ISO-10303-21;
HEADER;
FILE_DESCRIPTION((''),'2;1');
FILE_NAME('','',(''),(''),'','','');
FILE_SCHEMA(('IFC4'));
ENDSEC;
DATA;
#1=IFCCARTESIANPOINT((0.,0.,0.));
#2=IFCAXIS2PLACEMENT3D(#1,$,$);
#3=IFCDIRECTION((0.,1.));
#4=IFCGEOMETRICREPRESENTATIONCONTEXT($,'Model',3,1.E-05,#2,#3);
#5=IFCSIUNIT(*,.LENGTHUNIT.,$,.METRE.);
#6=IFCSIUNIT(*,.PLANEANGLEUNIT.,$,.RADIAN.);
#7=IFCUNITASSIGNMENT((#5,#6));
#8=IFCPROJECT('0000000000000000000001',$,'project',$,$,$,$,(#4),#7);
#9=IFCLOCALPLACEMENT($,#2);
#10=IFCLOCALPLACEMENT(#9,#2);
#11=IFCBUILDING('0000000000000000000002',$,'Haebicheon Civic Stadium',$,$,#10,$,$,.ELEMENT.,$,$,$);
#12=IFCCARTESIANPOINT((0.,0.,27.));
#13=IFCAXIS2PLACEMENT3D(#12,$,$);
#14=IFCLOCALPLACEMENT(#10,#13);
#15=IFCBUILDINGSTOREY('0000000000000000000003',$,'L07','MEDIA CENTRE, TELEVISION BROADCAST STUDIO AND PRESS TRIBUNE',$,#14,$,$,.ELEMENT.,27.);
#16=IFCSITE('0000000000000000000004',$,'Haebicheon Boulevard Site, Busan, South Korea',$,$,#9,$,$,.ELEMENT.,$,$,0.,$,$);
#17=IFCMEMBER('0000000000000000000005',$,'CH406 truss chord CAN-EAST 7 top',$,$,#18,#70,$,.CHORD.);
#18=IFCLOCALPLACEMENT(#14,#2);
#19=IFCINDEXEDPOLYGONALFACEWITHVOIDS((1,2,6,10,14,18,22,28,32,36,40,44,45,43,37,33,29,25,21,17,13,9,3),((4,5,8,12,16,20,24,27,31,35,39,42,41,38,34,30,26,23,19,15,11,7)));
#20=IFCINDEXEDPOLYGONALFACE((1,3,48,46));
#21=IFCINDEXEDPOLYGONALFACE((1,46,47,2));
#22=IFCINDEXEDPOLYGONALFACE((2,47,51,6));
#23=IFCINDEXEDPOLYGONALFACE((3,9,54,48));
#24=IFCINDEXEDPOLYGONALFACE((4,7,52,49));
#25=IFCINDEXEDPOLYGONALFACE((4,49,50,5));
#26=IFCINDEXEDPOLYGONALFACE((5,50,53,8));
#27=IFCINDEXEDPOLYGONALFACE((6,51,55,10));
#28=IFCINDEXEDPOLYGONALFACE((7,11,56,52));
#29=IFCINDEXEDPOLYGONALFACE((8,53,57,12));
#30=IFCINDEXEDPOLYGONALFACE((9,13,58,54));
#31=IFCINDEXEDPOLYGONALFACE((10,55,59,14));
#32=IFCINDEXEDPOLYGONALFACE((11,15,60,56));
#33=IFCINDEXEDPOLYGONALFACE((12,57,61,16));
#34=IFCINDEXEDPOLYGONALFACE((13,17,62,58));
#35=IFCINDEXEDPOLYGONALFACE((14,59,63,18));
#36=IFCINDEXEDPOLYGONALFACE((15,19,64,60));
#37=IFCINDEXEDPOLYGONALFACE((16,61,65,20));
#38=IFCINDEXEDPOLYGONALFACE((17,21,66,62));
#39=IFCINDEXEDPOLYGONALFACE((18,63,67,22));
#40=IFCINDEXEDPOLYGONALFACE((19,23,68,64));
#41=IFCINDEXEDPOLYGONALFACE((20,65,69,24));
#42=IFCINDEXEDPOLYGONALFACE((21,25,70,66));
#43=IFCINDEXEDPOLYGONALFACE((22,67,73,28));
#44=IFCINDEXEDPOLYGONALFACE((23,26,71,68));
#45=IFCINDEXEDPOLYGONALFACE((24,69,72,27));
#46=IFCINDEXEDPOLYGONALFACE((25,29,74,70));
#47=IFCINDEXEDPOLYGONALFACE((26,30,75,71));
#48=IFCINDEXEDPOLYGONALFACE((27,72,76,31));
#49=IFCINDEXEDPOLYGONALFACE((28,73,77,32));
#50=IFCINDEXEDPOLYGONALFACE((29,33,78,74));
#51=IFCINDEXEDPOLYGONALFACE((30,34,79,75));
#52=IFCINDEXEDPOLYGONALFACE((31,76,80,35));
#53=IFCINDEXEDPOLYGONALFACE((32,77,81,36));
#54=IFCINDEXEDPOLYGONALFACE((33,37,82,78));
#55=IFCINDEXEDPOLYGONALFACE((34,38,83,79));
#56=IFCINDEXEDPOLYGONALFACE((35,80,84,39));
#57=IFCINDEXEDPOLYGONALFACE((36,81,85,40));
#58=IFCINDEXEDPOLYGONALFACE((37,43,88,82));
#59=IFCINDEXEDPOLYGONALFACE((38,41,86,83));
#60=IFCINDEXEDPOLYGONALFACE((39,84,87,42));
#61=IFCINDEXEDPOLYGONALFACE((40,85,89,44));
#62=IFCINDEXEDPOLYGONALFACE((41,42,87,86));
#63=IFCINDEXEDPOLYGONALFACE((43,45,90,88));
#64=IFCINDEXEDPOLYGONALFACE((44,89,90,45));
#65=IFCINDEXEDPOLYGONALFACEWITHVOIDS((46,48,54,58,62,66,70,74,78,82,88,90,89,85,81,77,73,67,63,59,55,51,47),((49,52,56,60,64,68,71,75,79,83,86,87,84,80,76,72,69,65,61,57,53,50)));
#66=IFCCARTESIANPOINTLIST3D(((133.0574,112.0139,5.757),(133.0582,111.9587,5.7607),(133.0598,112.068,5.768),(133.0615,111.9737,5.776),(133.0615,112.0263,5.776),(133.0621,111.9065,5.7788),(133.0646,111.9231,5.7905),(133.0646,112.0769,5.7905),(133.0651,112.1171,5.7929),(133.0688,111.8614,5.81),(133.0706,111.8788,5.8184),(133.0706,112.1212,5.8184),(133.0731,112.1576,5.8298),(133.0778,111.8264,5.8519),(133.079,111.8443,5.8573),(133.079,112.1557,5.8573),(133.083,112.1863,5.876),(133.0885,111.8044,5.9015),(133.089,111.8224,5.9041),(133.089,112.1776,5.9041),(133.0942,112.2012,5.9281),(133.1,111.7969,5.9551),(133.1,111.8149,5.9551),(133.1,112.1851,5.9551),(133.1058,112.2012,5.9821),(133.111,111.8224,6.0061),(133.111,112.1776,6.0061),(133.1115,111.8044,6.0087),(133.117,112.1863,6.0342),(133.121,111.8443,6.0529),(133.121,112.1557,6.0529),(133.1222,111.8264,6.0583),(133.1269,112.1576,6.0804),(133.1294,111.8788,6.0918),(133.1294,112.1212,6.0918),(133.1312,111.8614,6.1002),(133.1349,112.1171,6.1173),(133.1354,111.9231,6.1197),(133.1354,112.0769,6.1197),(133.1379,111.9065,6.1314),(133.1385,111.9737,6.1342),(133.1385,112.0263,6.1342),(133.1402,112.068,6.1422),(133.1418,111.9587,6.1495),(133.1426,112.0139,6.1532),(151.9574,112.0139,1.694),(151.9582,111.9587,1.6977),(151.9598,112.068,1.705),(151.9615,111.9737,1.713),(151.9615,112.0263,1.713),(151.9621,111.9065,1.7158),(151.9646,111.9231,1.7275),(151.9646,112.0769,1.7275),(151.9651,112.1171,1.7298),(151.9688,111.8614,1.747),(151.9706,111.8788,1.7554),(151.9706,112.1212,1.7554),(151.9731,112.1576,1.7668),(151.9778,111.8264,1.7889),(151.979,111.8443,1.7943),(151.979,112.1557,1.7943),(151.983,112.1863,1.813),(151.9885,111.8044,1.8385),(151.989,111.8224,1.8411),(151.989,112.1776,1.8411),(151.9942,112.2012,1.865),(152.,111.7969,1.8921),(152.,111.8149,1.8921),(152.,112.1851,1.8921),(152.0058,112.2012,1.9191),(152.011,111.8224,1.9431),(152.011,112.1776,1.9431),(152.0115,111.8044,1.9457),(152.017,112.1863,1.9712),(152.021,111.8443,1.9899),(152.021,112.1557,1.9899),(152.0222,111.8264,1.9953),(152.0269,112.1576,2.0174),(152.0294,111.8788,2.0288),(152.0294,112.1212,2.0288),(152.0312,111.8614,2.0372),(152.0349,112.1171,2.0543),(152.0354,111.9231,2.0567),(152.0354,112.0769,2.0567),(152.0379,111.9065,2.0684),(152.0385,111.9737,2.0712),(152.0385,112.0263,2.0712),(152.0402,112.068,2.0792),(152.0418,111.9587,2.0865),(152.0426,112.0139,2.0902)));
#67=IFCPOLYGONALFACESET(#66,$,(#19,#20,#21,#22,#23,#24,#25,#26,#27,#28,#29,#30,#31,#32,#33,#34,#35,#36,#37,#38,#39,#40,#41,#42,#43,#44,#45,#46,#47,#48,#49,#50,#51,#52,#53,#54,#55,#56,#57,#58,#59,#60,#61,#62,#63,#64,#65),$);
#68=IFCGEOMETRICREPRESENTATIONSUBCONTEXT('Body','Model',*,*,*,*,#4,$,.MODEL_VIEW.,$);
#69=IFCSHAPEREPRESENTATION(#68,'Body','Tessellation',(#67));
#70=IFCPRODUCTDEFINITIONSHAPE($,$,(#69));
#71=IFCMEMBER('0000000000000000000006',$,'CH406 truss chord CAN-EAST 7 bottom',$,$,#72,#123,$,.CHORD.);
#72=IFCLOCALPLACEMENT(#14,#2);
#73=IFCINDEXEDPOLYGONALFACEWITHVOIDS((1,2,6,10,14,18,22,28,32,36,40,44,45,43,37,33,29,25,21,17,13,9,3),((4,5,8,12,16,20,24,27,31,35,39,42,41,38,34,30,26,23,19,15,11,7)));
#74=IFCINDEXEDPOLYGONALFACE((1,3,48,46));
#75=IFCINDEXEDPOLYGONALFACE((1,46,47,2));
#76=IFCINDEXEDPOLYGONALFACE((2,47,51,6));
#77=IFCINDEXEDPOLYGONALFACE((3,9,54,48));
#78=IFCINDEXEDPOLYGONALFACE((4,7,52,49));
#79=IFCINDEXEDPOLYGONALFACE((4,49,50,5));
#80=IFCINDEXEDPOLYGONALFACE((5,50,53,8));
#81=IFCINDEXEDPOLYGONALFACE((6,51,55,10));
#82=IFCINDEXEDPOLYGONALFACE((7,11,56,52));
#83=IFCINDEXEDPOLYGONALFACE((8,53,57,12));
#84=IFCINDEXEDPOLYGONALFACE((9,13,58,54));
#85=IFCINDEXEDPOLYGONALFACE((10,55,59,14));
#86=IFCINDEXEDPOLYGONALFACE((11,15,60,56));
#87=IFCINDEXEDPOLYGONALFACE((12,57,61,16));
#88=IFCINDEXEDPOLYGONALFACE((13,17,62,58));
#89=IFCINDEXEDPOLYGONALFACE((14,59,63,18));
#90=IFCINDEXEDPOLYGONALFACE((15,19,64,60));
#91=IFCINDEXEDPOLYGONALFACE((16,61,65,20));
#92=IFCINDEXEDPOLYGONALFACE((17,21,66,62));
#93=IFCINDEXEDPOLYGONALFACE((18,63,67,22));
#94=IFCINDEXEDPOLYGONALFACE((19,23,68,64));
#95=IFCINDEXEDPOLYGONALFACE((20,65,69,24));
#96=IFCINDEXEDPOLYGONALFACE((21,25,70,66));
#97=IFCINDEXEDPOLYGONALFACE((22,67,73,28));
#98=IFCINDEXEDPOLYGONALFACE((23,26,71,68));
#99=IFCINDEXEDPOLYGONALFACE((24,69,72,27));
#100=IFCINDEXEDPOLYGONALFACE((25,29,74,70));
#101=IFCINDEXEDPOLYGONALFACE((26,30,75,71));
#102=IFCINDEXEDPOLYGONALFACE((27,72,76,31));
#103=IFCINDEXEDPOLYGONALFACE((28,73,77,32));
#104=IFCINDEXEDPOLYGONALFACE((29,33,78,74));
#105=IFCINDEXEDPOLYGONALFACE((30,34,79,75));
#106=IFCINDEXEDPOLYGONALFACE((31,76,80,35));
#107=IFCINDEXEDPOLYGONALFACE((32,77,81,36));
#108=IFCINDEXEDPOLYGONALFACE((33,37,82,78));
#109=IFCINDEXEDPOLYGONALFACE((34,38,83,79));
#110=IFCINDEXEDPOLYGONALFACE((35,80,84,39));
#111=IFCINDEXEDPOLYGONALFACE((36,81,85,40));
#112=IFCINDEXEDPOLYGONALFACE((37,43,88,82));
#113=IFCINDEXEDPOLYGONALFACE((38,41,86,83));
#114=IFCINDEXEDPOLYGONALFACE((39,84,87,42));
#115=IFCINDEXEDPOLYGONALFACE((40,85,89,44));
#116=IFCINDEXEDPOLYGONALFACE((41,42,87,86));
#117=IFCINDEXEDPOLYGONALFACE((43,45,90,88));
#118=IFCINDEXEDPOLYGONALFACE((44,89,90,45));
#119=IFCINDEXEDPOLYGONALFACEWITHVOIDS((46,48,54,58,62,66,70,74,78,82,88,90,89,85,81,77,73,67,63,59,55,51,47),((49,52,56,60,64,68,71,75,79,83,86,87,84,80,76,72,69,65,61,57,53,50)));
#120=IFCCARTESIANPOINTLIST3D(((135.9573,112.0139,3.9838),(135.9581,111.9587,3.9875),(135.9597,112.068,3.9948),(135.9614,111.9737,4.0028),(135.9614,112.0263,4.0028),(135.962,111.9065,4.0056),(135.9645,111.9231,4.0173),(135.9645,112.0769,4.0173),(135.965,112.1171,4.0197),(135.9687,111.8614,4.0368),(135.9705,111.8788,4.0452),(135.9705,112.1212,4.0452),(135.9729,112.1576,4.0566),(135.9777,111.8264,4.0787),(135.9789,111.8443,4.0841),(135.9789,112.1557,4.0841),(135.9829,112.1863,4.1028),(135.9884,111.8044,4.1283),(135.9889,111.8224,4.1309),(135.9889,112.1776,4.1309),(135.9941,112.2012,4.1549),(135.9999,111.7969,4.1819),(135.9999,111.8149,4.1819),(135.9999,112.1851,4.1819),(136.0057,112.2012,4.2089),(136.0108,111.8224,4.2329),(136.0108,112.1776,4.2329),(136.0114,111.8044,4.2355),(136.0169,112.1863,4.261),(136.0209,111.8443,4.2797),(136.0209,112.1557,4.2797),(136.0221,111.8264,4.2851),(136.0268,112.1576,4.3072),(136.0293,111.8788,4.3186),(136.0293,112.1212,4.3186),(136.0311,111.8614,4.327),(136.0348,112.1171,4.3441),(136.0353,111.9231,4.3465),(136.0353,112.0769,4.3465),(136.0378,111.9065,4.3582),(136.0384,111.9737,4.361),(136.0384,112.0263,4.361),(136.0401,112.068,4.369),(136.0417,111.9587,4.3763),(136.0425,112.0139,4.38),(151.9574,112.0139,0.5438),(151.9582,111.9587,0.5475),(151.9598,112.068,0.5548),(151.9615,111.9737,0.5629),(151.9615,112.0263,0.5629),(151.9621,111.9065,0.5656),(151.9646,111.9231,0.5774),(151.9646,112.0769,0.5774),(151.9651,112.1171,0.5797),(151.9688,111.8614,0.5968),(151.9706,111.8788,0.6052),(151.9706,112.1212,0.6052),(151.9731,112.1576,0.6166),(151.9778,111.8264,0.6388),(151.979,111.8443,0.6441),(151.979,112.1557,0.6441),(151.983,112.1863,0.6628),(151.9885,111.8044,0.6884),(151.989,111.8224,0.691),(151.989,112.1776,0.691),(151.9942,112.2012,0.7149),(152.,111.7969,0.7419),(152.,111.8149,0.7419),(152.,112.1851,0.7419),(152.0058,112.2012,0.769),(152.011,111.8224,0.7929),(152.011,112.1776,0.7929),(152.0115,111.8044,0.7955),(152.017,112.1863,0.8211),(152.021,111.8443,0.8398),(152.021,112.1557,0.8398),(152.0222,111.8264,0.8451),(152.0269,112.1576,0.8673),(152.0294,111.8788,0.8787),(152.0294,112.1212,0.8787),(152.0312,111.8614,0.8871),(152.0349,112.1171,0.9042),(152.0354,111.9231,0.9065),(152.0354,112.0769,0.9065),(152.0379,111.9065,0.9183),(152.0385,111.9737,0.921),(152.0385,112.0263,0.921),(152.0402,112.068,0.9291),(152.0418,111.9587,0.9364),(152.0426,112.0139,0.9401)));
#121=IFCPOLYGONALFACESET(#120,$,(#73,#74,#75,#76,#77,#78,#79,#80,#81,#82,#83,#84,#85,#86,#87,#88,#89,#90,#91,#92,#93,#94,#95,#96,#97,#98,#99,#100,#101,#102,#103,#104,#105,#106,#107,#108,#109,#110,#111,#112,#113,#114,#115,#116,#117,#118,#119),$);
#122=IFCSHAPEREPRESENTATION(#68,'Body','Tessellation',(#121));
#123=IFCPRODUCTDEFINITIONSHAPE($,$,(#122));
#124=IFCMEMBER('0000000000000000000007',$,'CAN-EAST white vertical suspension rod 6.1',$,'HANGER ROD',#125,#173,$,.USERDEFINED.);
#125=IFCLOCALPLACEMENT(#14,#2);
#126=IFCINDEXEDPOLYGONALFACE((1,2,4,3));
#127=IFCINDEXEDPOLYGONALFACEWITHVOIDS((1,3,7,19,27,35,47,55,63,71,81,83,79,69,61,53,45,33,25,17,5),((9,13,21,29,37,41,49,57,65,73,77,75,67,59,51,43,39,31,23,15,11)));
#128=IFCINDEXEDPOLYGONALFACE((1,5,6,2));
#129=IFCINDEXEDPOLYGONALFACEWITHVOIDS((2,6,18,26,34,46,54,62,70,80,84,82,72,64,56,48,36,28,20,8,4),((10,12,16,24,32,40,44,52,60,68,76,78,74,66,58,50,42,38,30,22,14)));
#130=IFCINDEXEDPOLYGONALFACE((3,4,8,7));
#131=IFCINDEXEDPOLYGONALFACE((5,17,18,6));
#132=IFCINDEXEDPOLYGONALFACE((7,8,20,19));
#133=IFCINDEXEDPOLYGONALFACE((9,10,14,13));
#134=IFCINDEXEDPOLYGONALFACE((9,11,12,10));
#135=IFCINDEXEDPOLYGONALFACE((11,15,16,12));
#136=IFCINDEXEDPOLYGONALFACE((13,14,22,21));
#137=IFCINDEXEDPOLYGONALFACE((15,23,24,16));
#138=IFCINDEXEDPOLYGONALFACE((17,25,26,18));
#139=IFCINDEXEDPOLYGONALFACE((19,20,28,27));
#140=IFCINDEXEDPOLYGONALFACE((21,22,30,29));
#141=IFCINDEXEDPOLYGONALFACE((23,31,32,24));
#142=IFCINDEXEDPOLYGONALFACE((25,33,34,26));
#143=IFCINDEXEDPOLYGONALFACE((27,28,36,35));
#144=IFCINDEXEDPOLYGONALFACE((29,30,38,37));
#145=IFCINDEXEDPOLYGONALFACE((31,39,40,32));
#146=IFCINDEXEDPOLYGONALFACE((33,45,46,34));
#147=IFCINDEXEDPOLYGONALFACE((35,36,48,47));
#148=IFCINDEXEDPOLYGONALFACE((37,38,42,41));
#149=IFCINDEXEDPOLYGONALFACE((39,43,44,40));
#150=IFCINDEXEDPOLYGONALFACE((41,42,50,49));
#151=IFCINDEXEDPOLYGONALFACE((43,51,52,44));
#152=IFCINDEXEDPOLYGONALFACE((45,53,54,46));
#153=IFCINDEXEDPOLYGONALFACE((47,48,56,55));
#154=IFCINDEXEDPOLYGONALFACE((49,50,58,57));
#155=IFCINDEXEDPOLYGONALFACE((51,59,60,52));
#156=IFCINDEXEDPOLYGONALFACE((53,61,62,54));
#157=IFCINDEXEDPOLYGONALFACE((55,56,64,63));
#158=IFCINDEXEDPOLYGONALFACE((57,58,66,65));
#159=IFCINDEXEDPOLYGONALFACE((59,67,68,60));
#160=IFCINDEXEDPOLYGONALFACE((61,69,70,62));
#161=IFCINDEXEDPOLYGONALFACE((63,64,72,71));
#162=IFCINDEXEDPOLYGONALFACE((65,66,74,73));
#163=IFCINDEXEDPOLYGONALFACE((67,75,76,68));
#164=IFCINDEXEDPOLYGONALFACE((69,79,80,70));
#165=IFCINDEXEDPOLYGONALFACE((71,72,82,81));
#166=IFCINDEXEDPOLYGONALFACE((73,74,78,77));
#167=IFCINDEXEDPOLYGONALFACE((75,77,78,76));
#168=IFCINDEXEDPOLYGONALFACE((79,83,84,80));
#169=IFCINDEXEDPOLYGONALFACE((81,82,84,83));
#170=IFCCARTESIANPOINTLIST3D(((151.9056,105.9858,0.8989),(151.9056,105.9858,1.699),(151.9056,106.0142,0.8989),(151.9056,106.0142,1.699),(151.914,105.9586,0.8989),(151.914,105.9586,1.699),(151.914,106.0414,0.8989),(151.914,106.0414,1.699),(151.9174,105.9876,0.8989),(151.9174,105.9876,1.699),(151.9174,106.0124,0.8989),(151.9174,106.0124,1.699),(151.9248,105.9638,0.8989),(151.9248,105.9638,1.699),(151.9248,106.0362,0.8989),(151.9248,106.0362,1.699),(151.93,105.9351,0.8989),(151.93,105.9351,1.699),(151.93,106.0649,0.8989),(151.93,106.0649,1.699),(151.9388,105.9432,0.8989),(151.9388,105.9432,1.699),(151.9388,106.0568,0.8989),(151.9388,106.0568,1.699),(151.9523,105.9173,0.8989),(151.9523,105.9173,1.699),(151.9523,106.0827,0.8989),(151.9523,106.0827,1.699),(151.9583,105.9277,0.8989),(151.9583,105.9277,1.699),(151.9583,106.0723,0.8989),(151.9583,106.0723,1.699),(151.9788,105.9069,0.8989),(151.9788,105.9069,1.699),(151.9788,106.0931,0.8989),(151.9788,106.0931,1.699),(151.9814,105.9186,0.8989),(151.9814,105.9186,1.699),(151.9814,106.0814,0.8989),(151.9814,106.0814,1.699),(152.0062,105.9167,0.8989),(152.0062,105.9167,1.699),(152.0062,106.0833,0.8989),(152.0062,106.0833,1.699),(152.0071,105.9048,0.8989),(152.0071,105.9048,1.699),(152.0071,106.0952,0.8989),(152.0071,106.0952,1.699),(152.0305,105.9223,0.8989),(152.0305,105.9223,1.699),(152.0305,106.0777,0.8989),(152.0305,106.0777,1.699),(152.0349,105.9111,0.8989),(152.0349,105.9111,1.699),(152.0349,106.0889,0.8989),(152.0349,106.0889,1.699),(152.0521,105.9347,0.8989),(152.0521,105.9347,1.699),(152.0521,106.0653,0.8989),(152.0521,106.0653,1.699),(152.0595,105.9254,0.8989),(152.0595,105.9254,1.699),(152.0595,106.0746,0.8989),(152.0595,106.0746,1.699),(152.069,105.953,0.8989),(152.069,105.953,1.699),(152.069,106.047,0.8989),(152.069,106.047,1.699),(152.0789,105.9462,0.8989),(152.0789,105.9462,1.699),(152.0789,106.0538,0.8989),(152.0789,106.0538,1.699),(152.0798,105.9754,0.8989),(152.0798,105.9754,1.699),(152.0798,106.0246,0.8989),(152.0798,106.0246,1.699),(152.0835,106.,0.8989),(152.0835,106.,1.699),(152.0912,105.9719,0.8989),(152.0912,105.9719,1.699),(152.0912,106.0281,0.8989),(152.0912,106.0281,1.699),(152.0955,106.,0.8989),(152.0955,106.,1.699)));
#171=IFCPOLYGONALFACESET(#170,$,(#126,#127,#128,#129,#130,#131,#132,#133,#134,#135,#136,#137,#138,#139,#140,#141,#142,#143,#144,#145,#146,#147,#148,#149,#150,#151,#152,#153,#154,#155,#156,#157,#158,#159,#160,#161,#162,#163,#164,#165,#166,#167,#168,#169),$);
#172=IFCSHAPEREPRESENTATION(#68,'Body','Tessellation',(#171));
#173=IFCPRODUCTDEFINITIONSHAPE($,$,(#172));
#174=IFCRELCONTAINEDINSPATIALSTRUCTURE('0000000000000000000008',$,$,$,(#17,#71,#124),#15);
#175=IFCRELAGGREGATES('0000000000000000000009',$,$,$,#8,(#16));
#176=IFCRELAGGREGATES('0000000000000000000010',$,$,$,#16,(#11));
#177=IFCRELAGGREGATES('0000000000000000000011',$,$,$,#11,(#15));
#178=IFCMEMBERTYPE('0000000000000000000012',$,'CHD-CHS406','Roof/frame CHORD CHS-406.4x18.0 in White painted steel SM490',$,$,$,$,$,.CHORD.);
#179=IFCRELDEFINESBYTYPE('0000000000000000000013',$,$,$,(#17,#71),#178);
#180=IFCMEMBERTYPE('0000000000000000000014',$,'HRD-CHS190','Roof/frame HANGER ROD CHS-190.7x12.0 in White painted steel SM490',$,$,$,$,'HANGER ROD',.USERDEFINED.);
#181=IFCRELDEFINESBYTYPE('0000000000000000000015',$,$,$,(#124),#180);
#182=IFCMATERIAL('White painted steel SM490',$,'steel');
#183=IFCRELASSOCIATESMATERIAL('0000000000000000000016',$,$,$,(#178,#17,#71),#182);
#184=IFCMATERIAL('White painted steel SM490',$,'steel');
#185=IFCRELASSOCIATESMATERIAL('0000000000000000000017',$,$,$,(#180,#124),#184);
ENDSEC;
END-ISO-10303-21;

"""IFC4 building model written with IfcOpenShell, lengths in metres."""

from ifc_helpers import new_model, si_unit, direction, frame, origin, origin_2d, place, context, subcontext, project, spatial, hollow_circle, extrude, material, material_profile, profile_set, type_object, element, save


model = new_model("IFC4")

# Units and contexts
model_context = context("Model", 3, precision=1e-05, world=origin(), true_north=direction((0.0, 1.0)))
body_context = subcontext(model_context, "Body", "Model", "MODEL_VIEW")
ifc_project = project(units=[si_unit("LENGTHUNIT", "METRE"), si_unit("PLANEANGLEUNIT", "RADIAN")], contexts=[model_context])

# Site, building, storey
site_placement = place(None, origin())
site = spatial("IfcSite", under=ifc_project, at=site_placement, Name="Haebicheon Boulevard Site, Busan, South Korea", CompositionType="ELEMENT", RefElevation=0.0)
building_placement = place(site_placement, origin())
building = spatial("IfcBuilding", under=site, at=building_placement, Name="Haebicheon Civic Stadium", CompositionType="ELEMENT")
storey_placement = place(building_placement, frame((0.0, 0.0, 27.0)))
storey = spatial("IfcBuildingStorey", under=building, at=storey_placement, Name="L07", Description="MEDIA CENTRE, TELEVISION BROADCAST STUDIO AND PRESS TRIBUNE", CompositionType="ELEMENT", Elevation=27.0)

# Members
ifc_material_1 = material(Name="White painted steel SM490", Category="steel")
ifc_material_profile_1 = material_profile(ifc_material_1, hollow_circle(Radius=0.2031, WallThickness=0.0181, at=origin_2d()), Name="CHS-406.4x18.0")
ifc_profile_set_1 = profile_set([ifc_material_profile_1], Name="White painted steel SM490")
member_type_1 = type_object("IfcMemberType", Name="CHD-CHS406", Description="Roof/frame CHORD CHS-406.4x18.0 in White painted steel SM490", PredefinedType="CHORD", material=ifc_profile_set_1)
member_1_placement = place(storey_placement, frame((152.0, 112.0, 1.8921), z_axis=(-0.977664, 0.0, 0.210172), x_axis=(0.0, -1.0, 0.0)))
element("IfcMember", 1, at=member_1_placement, inside=storey, type_object=member_type_1, material=ifc_profile_set_1, Name="CH406 truss chord CAN-EAST 7 top", PredefinedType="CHORD", context=body_context, shape_type="SweptSolid", body=[
    extrude(hollow_circle(Radius=0.2031, WallThickness=0.0181, at=origin_2d()), origin(), (0.0, 0.0, 1.0), 19.3318),
])
member_2_placement = place(storey_placement, frame((152.0, 112.0, 0.7419), z_axis=(-0.97766, 0.0, 0.210193), x_axis=(0.0, -1.0, 0.0)))
element("IfcMember", 2, at=member_2_placement, inside=storey, type_object=member_type_1, material=ifc_profile_set_1, Name="CH406 truss chord CAN-EAST 7 bottom", PredefinedType="CHORD", context=body_context, shape_type="SweptSolid", body=[
    extrude(hollow_circle(Radius=0.2031, WallThickness=0.0181, at=origin_2d()), origin(), (0.0, 0.0, 1.0), 16.3657),
])
ifc_material_2 = material(Name="White painted steel SM490", Category="steel")
ifc_material_profile_2 = material_profile(ifc_material_2, hollow_circle(Radius=0.0955, WallThickness=0.012, at=origin_2d()), Name="CHS-190.7x12.0")
ifc_profile_set_2 = profile_set([ifc_material_profile_2], Name="White painted steel SM490")
member_type_2 = type_object("IfcMemberType", Name="HRD-CHS190", Description="Roof/frame HANGER ROD CHS-190.7x12.0 in White painted steel SM490", ElementType="HANGER ROD", PredefinedType="USERDEFINED", material=ifc_profile_set_2)
for number, where, z_axis, x_axis, name in (
    (3, (152.0, 106.0, 0.8989), (0.0, 0.0, 1.0), (1.0, 0.0, 0.0), "CAN-EAST white vertical suspension rod 6.1"),
):
    element("IfcMember", number, at=place(storey_placement, frame(where, z_axis=z_axis, x_axis=x_axis)), inside=storey, type_object=member_type_2, material=ifc_profile_set_2, Name=name, ObjectType="HANGER ROD", PredefinedType="USERDEFINED", context=body_context, shape_type="SweptSolid", body=[
        extrude(hollow_circle(Radius=0.0955, WallThickness=0.012, at=origin_2d()), origin(), (0.0, 0.0, 1.0), 0.8),
    ])

save(model, "model.ifc")
